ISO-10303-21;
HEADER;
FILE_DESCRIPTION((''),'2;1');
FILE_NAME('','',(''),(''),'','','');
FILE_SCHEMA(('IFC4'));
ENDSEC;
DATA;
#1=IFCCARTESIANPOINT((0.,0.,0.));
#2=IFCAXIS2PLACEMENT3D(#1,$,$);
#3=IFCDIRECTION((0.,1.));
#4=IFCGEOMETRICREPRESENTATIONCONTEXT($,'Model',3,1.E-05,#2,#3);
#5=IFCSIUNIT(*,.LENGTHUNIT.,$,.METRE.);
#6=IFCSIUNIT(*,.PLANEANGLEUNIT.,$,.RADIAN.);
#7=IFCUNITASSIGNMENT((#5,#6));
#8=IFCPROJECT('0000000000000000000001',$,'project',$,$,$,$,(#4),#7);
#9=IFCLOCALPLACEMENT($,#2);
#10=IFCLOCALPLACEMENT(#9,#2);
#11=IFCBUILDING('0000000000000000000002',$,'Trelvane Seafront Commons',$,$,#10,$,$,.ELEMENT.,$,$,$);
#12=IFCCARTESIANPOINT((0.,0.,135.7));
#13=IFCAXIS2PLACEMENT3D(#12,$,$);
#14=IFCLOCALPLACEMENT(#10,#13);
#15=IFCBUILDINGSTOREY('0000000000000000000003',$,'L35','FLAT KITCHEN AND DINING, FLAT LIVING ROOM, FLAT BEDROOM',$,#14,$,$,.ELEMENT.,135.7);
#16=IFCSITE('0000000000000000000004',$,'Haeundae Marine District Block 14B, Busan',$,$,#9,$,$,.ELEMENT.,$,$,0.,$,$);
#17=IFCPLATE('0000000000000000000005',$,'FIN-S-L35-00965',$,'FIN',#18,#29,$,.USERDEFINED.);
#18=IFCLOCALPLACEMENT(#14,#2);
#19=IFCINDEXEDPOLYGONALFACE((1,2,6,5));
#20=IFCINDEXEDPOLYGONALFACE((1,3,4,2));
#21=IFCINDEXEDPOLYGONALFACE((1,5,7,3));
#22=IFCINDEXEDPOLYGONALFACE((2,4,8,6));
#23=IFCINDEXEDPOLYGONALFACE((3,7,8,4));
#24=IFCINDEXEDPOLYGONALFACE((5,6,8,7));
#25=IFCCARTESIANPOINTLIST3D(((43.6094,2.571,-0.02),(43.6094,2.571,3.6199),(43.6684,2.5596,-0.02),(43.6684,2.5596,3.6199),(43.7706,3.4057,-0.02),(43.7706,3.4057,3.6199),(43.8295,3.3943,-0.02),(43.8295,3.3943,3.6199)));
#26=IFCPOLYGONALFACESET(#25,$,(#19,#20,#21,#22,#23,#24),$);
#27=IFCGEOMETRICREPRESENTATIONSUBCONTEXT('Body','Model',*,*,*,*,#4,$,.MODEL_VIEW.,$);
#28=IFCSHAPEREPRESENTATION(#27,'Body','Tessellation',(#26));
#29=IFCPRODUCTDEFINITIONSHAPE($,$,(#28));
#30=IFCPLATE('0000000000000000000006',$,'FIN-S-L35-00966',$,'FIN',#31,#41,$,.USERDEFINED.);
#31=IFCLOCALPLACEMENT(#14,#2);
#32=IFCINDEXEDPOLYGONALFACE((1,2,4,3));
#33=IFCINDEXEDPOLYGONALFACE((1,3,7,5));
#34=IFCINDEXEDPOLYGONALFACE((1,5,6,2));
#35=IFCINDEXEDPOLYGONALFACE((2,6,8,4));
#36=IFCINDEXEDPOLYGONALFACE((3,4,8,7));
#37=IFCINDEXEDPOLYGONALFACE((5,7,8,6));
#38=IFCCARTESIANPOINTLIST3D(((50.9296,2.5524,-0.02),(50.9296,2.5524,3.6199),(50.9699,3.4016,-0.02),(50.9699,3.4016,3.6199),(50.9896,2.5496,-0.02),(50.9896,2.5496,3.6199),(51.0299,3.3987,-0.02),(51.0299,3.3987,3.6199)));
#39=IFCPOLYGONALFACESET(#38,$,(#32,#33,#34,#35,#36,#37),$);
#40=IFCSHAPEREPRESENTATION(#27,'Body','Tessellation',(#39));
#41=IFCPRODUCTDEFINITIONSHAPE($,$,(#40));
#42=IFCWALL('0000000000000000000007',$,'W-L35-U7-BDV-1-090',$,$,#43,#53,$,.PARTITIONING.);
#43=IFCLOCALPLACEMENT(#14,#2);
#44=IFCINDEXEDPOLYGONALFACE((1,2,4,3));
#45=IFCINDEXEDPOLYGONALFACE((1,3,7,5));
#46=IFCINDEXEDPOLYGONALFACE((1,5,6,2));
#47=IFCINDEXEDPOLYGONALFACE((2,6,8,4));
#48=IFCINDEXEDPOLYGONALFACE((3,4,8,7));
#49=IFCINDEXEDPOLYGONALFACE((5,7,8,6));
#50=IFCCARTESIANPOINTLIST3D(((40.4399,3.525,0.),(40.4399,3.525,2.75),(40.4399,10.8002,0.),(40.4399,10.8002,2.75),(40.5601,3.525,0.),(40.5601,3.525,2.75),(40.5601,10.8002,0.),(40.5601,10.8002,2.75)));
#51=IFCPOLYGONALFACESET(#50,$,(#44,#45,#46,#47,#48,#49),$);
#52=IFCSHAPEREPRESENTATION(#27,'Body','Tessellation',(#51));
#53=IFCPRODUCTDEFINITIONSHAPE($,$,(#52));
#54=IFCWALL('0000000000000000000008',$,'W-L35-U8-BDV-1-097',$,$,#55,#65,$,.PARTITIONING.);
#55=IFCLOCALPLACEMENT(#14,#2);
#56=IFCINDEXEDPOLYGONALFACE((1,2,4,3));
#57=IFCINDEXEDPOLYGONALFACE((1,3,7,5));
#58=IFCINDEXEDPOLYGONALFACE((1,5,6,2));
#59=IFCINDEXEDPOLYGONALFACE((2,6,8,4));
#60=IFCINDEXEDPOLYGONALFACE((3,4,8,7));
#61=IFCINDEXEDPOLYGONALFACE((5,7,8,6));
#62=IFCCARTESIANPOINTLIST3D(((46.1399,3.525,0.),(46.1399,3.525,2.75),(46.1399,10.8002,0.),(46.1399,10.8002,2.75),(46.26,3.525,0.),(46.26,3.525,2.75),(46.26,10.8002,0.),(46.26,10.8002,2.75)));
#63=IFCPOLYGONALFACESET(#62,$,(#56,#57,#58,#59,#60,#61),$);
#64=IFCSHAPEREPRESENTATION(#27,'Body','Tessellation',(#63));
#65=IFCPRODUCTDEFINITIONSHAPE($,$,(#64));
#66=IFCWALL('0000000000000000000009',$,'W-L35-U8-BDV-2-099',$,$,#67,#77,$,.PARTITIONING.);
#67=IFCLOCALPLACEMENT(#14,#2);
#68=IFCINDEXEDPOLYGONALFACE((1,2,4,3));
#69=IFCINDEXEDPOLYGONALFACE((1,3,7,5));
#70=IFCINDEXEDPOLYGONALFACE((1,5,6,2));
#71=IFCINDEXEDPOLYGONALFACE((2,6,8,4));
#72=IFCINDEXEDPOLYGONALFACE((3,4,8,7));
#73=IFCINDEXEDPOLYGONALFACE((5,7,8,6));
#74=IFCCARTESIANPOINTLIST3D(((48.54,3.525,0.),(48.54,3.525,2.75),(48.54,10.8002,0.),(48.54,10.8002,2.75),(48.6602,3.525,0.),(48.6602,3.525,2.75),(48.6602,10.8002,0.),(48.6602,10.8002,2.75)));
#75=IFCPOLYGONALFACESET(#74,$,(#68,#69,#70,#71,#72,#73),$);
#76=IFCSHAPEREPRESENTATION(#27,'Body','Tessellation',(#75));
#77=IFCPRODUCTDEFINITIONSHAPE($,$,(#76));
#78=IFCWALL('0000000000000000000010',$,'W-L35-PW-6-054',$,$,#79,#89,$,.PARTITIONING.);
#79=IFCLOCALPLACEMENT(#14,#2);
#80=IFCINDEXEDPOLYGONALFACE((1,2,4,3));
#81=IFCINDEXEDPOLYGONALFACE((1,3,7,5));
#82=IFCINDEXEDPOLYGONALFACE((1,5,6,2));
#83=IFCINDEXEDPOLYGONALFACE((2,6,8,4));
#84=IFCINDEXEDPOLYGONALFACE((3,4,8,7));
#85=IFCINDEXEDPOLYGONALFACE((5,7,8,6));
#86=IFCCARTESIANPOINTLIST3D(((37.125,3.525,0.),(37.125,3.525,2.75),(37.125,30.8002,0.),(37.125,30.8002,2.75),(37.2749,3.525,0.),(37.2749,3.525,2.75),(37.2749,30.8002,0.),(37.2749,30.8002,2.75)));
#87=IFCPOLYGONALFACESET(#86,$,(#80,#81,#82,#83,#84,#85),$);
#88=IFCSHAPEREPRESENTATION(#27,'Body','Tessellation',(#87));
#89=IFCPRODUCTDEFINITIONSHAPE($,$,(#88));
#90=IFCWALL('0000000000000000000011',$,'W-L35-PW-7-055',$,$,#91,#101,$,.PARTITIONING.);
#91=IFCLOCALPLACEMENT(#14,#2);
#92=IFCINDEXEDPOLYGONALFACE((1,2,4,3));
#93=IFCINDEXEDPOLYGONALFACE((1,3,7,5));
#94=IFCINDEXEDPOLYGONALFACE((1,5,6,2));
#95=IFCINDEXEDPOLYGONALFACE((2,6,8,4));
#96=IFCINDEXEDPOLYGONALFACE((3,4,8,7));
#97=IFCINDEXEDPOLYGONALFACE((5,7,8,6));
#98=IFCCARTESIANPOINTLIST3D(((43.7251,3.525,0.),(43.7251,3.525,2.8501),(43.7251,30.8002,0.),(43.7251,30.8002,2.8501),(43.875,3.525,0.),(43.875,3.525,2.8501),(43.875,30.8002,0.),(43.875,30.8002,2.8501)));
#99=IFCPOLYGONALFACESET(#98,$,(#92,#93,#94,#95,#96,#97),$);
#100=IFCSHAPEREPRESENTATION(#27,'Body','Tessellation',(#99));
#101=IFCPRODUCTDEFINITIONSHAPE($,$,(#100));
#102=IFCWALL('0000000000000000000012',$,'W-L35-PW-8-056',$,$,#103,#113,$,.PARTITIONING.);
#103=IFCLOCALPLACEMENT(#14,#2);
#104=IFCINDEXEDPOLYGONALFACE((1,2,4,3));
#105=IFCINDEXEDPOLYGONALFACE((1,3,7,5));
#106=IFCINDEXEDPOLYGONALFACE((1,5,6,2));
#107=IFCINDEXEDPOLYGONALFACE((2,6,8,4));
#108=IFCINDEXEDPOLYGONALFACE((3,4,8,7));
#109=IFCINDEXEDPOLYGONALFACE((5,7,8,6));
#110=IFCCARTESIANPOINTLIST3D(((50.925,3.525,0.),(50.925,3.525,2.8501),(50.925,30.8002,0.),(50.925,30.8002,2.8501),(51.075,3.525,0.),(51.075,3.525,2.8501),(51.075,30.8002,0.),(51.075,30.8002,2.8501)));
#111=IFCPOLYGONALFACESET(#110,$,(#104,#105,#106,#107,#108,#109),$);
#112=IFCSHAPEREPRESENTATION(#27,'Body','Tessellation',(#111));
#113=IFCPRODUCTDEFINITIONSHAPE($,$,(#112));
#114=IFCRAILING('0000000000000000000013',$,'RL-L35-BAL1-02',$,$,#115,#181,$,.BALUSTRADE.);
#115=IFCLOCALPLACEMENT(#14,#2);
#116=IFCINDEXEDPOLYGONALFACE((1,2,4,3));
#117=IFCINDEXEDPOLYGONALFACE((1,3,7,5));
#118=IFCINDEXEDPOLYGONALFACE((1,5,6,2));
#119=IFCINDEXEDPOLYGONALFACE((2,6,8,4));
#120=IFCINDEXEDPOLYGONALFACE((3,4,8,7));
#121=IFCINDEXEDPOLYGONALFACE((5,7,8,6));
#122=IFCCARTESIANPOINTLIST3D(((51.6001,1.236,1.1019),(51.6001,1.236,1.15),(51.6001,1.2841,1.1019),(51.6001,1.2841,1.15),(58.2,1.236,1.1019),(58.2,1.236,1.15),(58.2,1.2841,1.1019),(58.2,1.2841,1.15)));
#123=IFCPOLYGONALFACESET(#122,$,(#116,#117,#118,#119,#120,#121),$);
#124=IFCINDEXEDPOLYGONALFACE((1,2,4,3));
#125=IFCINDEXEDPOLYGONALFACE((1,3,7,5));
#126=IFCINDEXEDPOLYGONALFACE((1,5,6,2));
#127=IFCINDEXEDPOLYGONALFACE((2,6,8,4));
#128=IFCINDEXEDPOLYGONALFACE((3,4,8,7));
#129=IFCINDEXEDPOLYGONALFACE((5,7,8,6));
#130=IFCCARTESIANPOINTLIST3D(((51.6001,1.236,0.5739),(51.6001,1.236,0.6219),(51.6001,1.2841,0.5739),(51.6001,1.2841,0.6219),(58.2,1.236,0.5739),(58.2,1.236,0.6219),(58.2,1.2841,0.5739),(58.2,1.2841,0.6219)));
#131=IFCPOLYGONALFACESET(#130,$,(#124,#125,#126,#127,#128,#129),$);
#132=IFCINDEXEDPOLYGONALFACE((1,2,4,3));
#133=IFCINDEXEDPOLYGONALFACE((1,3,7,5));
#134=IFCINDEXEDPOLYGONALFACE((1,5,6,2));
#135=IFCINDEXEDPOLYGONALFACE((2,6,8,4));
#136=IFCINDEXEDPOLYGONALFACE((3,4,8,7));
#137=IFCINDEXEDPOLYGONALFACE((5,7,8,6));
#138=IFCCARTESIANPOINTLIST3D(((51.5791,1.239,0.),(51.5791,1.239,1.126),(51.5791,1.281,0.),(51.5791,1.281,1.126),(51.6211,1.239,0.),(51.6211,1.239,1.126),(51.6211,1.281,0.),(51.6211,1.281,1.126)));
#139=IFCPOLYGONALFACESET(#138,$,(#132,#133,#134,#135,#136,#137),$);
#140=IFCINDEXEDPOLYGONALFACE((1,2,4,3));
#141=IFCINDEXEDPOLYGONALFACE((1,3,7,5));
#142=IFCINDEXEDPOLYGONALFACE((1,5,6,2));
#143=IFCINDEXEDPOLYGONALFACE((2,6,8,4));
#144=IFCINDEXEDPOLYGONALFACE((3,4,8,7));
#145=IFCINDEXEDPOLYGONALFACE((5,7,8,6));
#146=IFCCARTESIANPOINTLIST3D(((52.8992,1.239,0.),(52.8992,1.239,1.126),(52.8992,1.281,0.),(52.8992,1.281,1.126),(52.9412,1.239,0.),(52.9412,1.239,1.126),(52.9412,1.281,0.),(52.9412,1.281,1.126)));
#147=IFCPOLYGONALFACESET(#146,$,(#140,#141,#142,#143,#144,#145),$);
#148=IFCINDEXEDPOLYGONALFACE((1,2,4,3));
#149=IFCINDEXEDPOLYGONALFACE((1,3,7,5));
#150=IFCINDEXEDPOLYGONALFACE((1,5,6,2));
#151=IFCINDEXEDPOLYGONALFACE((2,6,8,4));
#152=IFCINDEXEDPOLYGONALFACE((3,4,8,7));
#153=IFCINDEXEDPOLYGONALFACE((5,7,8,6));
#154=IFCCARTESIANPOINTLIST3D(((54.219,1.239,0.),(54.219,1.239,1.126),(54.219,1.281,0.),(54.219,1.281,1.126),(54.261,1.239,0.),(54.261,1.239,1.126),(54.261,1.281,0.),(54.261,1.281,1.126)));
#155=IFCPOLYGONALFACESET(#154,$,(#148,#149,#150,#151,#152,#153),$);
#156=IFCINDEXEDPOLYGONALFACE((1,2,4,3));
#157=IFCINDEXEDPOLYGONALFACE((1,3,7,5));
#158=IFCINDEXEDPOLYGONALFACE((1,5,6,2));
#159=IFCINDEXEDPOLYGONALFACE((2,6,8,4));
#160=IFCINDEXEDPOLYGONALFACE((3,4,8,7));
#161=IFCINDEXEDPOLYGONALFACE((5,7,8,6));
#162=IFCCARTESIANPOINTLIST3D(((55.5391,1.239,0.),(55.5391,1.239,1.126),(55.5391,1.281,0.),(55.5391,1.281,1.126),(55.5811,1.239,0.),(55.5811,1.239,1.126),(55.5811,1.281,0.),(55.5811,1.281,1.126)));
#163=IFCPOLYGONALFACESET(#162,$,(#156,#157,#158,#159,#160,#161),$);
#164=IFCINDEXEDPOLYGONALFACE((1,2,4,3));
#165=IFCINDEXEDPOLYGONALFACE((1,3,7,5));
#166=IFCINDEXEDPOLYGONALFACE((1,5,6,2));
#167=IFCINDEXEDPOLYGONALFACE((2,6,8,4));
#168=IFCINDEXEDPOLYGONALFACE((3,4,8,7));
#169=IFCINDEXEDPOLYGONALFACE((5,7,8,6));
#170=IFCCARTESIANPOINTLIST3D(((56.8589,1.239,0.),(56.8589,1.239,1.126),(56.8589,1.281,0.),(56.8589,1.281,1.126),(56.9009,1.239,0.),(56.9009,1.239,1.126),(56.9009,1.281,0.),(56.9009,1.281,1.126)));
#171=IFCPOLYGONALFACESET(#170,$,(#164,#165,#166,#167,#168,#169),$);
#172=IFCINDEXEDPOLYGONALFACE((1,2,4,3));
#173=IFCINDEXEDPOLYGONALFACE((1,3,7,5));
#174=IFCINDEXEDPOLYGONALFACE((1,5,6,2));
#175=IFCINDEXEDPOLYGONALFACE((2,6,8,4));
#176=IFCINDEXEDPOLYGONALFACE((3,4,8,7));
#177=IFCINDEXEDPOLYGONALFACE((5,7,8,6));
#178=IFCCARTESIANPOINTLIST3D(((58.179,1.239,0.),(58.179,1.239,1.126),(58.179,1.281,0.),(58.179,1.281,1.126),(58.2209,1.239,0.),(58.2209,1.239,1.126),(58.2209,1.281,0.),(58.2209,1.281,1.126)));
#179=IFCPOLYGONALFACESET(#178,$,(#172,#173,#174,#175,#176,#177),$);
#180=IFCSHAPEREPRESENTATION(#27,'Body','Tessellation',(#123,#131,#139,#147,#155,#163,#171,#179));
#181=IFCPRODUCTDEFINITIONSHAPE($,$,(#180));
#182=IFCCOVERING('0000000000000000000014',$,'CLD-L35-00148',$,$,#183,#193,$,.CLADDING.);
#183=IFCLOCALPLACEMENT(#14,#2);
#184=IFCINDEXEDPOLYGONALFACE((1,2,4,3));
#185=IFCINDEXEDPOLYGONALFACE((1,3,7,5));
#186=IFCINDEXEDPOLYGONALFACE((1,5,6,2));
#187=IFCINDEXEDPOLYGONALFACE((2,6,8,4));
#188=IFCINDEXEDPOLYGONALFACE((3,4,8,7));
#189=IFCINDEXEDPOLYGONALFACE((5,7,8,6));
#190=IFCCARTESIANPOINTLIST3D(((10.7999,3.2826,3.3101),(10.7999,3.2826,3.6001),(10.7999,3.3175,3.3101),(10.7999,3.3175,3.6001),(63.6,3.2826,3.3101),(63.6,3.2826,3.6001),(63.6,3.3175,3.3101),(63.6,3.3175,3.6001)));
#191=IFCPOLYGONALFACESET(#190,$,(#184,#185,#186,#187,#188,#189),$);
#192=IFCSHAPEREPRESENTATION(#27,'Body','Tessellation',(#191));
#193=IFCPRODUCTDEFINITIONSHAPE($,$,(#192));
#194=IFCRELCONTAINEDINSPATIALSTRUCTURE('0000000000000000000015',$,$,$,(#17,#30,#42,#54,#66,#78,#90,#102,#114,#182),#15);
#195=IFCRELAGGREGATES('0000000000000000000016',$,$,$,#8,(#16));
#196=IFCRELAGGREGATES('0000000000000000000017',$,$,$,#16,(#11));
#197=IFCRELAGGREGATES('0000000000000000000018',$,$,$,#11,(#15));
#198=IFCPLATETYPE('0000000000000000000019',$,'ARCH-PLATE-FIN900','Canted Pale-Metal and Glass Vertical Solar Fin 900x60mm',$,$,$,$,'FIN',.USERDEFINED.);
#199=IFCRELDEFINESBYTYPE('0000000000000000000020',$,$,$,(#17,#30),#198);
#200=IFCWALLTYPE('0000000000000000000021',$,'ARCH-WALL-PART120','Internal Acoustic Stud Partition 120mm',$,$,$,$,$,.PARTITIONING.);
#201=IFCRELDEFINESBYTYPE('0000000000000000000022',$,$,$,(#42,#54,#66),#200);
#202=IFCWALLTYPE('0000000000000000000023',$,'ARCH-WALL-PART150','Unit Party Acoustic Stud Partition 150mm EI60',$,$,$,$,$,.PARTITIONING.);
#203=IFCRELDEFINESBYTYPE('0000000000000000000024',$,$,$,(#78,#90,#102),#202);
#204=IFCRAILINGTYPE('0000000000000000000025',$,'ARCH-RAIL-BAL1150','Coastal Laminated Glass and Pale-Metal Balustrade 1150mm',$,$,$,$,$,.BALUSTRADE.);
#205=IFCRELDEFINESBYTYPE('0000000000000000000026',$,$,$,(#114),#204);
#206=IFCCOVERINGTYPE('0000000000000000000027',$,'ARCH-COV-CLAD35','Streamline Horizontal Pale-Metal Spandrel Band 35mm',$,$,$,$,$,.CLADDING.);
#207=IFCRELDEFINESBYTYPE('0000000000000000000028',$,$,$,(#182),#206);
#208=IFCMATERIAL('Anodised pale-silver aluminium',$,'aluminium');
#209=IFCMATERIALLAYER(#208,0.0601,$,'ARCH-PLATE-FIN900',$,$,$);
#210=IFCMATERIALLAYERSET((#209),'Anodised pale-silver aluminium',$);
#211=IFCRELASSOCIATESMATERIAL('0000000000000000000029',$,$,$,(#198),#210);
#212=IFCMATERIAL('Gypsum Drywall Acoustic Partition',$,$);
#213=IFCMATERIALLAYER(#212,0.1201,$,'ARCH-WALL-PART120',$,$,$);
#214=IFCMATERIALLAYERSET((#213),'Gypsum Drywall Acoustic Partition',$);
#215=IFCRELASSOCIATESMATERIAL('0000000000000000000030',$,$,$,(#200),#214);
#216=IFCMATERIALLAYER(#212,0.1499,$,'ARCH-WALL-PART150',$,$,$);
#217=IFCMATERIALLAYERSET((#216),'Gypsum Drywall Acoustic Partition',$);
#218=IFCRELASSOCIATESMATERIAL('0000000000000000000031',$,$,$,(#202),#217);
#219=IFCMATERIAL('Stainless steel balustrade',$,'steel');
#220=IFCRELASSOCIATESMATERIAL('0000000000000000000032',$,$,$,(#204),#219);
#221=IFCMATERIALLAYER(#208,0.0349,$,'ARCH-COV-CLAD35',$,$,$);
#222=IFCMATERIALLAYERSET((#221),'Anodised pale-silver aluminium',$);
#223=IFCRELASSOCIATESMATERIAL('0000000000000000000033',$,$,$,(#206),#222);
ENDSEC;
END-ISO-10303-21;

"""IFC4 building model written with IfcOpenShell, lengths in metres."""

from ifc_helpers import new_model, si_unit, direction, frame, frame_2d, origin, origin_2d, place, context, subcontext, project, spatial, rectangle, extrude, source, transform, mapped, material, layer, layer_set, type_object, element, save


model = new_model("IFC4")

# Units and contexts
model_context = context("Model", 3, precision=1e-05, world=origin(), true_north=direction((0.0, 1.0)))
body_context = subcontext(model_context, "Body", "Model", "MODEL_VIEW")
ifc_project = project(units=[si_unit("LENGTHUNIT", "METRE"), si_unit("PLANEANGLEUNIT", "RADIAN")], contexts=[model_context])

# Site, building, storey
site_placement = place(None, origin())
site = spatial("IfcSite", under=ifc_project, at=site_placement, Name="Haeundae Marine District Block 14B, Busan", CompositionType="ELEMENT", RefElevation=0.0)
building_placement = place(site_placement, origin())
building = spatial("IfcBuilding", under=site, at=building_placement, Name="Trelvane Seafront Commons", CompositionType="ELEMENT")
storey_placement = place(building_placement, frame((0.0, 0.0, 135.7)))
storey = spatial("IfcBuildingStorey", under=building, at=storey_placement, Name="L35", Description="FLAT KITCHEN AND DINING, FLAT LIVING ROOM, FLAT BEDROOM", CompositionType="ELEMENT", Elevation=135.7)

# Plates
ifc_material_1 = material(Name="Anodised pale-silver aluminium", Category="aluminium")
ifc_layer_1 = layer(ifc_material_1, 0.0601, Name="ARCH-PLATE-FIN900")
ifc_layer_set_1 = layer_set([ifc_layer_1], Name="Anodised pale-silver aluminium")
plate_type = type_object("IfcPlateType", Name="ARCH-PLATE-FIN900", Description="Canted Pale-Metal and Glass Vertical Solar Fin 900x60mm", ElementType="FIN", PredefinedType="USERDEFINED", material=ifc_layer_set_1)
shared_shape_1 = source(origin(), body_context, "Body", "SweptSolid", [
    extrude(rectangle(XDim=0.8501, YDim=0.0601, at=origin_2d()), origin(), (0.0, 0.0, 1.0), 3.6399),
])
for number, where, z_axis, x_axis, name in (
    (1, (43.7195, 2.9827, -0.02), (0.0, 0.0, 1.0), (-0.189527, -0.981875, 0.0), "FIN-S-L35-00965"),
    (2, (50.9797, 2.9756, -0.02), (0.0, 0.0, 1.0), (-0.047415, -0.998875, 0.0), "FIN-S-L35-00966"),
):
    element("IfcPlate", number, at=place(storey_placement, frame(where, z_axis=z_axis, x_axis=x_axis)), inside=storey, type_object=plate_type, Name=name, ObjectType="FIN", PredefinedType="USERDEFINED", context=body_context, shape_type="MappedRepresentation", body=[
        mapped(shared_shape_1, transform((0.0, 0.0, 0.0), x_axis=(1.0, 0.0, 0.0), y_axis=(0.0, 1.0, 0.0), z_axis=(0.0, 0.0, 1.0), scale=1.0)),
    ])

# Shared definitions
ifc_material_2 = material(Name="Gypsum Drywall Acoustic Partition")
ifc_layer_2 = layer(ifc_material_2, 0.1201, Name="ARCH-WALL-PART120")
ifc_layer_set_2 = layer_set([ifc_layer_2], Name="Gypsum Drywall Acoustic Partition")
wall_type_1 = type_object("IfcWallType", Name="ARCH-WALL-PART120", Description="Internal Acoustic Stud Partition 120mm", PredefinedType="PARTITIONING", material=ifc_layer_set_2)

# Wall
wall_1_placement = place(storey_placement, frame((40.5, 3.5249, 0.0), z_axis=(0.0, 0.0, 1.0), x_axis=(0.0, 1.0, 0.0)))
element("IfcWall", 3, at=wall_1_placement, inside=storey, type_object=wall_type_1, Name="W-L35-U7-BDV-1-090", PredefinedType="PARTITIONING", context=body_context, shape_type="SweptSolid", body=[
    extrude(rectangle(XDim=7.2751, YDim=0.1201, at=frame_2d((3.6377, 0.0))), origin(), (0.0, 0.0, 1.0), 2.75),
])

# Wall
wall_2_placement = place(storey_placement, frame((46.2, 3.5249, 0.0), z_axis=(0.0, 0.0, 1.0), x_axis=(0.0, 1.0, 0.0)))
element("IfcWall", 4, at=wall_2_placement, inside=storey, type_object=wall_type_1, Name="W-L35-U8-BDV-1-097", PredefinedType="PARTITIONING", context=body_context, shape_type="SweptSolid", body=[
    extrude(rectangle(XDim=7.2751, YDim=0.1201, at=frame_2d((3.6377, 0.0))), origin(), (0.0, 0.0, 1.0), 2.75),
])

# Walls
wall_3_placement = place(storey_placement, frame((48.6001, 3.5249, 0.0), z_axis=(0.0, 0.0, 1.0), x_axis=(0.0, 1.0, 0.0)))
element("IfcWall", 5, at=wall_3_placement, inside=storey, type_object=wall_type_1, Name="W-L35-U8-BDV-2-099", PredefinedType="PARTITIONING", context=body_context, shape_type="SweptSolid", body=[
    extrude(rectangle(XDim=7.2751, YDim=0.1201, at=frame_2d((3.6377, 0.0))), origin(), (0.0, 0.0, 1.0), 2.75),
])
ifc_layer_3 = layer(ifc_material_2, 0.1499, Name="ARCH-WALL-PART150")
ifc_layer_set_3 = layer_set([ifc_layer_3], Name="Gypsum Drywall Acoustic Partition")
wall_type_2 = type_object("IfcWallType", Name="ARCH-WALL-PART150", Description="Unit Party Acoustic Stud Partition 150mm EI60", PredefinedType="PARTITIONING", material=ifc_layer_set_3)
wall_4_placement = place(storey_placement, frame((37.2, 3.5249, 0.0), z_axis=(0.0, 0.0, 1.0), x_axis=(0.0, 1.0, 0.0)))
element("IfcWall", 6, at=wall_4_placement, inside=storey, type_object=wall_type_2, Name="W-L35-PW-6-054", PredefinedType="PARTITIONING", context=body_context, shape_type="SweptSolid", body=[
    extrude(rectangle(XDim=27.2751, YDim=0.1499, at=frame_2d((13.6377, 0.0))), origin(), (0.0, 0.0, 1.0), 2.75),
])
for number, where, z_axis, x_axis, name in (
    (7, (43.8, 3.5249, 0.0), (0.0, 0.0, 1.0), (0.0, 1.0, 0.0), "W-L35-PW-7-055"),
    (8, (51.0, 3.5249, 0.0), (0.0, 0.0, 1.0), (0.0, 1.0, 0.0), "W-L35-PW-8-056"),
):
    element("IfcWall", number, at=place(storey_placement, frame(where, z_axis=z_axis, x_axis=x_axis)), inside=storey, type_object=wall_type_2, Name=name, PredefinedType="PARTITIONING", context=body_context, shape_type="SweptSolid", body=[
        extrude(rectangle(XDim=27.2751, YDim=0.1499, at=frame_2d((13.6377, 0.0))), origin(), (0.0, 0.0, 1.0), 2.8501),
    ])

# Railing
ifc_material_3 = material(Name="Stainless steel balustrade", Category="steel")
railing_type = type_object("IfcRailingType", Name="ARCH-RAIL-BAL1150", Description="Coastal Laminated Glass and Pale-Metal Balustrade 1150mm", PredefinedType="BALUSTRADE", material=ifc_material_3)
railing_placement = place(storey_placement, frame((51.6001, 1.26, 0.0)))
element("IfcRailing", 9, at=railing_placement, inside=storey, type_object=railing_type, Name="RL-L35-BAL1-02", PredefinedType="BALUSTRADE", context=body_context, shape_type="SweptSolid", body=[
    extrude(rectangle(XDim=0.0481, YDim=0.0481, at=origin_2d()), frame((0.0, 0.0, 1.126), z_axis=(1.0, 0.0, 0.0), x_axis=(0.0, 1.0, 0.0)), (0.0, 0.0, 1.0), 6.5999),
    extrude(rectangle(XDim=0.0481, YDim=0.0481, at=origin_2d()), frame((0.0, 0.0, 0.5979), z_axis=(1.0, 0.0, 0.0), x_axis=(0.0, 1.0, 0.0)), (0.0, 0.0, 1.0), 6.5999),
    extrude(rectangle(XDim=0.042, YDim=0.042, at=origin_2d()), origin(), (0.0, 0.0, 1.0), 1.126),
    extrude(rectangle(XDim=0.042, YDim=0.042, at=origin_2d()), frame((1.3201, 0.0, 0.0)), (0.0, 0.0, 1.0), 1.126),
    extrude(rectangle(XDim=0.042, YDim=0.042, at=origin_2d()), frame((2.6399, 0.0, 0.0)), (0.0, 0.0, 1.0), 1.126),
    extrude(rectangle(XDim=0.042, YDim=0.042, at=origin_2d()), frame((3.96, 0.0, 0.0)), (0.0, 0.0, 1.0), 1.126),
    extrude(rectangle(XDim=0.042, YDim=0.042, at=origin_2d()), frame((5.2798, 0.0, 0.0)), (0.0, 0.0, 1.0), 1.126),
    extrude(rectangle(XDim=0.042, YDim=0.042, at=origin_2d()), frame((6.5999, 0.0, 0.0)), (0.0, 0.0, 1.0), 1.126),
])

# Covering
ifc_layer_4 = layer(ifc_material_1, 0.0349, Name="ARCH-COV-CLAD35")
ifc_layer_set_4 = layer_set([ifc_layer_4], Name="Anodised pale-silver aluminium")
covering_type = type_object("IfcCoveringType", Name="ARCH-COV-CLAD35", Description="Streamline Horizontal Pale-Metal Spandrel Band 35mm", PredefinedType="CLADDING", material=ifc_layer_set_4)
shared_shape_2 = source(origin(), body_context, "Body", "SweptSolid", [
    extrude(rectangle(XDim=52.8, YDim=0.0349, at=origin_2d()), origin(), (0.0, 0.0, 1.0), 0.29),
])
covering_placement = place(storey_placement, frame((37.2, 3.3, 3.3101), z_axis=(0.0, 0.0, 1.0), x_axis=(-1.0, 0.0, 0.0)))
element("IfcCovering", 10, at=covering_placement, inside=storey, type_object=covering_type, Name="CLD-L35-00148", PredefinedType="CLADDING", context=body_context, shape_type="MappedRepresentation", body=[
    mapped(shared_shape_2, transform((0.0, 0.0, 0.0), x_axis=(1.0, 0.0, 0.0), y_axis=(0.0, 1.0, 0.0), z_axis=(0.0, 0.0, 1.0), scale=1.0)),
])

save(model, "model.ifc")
